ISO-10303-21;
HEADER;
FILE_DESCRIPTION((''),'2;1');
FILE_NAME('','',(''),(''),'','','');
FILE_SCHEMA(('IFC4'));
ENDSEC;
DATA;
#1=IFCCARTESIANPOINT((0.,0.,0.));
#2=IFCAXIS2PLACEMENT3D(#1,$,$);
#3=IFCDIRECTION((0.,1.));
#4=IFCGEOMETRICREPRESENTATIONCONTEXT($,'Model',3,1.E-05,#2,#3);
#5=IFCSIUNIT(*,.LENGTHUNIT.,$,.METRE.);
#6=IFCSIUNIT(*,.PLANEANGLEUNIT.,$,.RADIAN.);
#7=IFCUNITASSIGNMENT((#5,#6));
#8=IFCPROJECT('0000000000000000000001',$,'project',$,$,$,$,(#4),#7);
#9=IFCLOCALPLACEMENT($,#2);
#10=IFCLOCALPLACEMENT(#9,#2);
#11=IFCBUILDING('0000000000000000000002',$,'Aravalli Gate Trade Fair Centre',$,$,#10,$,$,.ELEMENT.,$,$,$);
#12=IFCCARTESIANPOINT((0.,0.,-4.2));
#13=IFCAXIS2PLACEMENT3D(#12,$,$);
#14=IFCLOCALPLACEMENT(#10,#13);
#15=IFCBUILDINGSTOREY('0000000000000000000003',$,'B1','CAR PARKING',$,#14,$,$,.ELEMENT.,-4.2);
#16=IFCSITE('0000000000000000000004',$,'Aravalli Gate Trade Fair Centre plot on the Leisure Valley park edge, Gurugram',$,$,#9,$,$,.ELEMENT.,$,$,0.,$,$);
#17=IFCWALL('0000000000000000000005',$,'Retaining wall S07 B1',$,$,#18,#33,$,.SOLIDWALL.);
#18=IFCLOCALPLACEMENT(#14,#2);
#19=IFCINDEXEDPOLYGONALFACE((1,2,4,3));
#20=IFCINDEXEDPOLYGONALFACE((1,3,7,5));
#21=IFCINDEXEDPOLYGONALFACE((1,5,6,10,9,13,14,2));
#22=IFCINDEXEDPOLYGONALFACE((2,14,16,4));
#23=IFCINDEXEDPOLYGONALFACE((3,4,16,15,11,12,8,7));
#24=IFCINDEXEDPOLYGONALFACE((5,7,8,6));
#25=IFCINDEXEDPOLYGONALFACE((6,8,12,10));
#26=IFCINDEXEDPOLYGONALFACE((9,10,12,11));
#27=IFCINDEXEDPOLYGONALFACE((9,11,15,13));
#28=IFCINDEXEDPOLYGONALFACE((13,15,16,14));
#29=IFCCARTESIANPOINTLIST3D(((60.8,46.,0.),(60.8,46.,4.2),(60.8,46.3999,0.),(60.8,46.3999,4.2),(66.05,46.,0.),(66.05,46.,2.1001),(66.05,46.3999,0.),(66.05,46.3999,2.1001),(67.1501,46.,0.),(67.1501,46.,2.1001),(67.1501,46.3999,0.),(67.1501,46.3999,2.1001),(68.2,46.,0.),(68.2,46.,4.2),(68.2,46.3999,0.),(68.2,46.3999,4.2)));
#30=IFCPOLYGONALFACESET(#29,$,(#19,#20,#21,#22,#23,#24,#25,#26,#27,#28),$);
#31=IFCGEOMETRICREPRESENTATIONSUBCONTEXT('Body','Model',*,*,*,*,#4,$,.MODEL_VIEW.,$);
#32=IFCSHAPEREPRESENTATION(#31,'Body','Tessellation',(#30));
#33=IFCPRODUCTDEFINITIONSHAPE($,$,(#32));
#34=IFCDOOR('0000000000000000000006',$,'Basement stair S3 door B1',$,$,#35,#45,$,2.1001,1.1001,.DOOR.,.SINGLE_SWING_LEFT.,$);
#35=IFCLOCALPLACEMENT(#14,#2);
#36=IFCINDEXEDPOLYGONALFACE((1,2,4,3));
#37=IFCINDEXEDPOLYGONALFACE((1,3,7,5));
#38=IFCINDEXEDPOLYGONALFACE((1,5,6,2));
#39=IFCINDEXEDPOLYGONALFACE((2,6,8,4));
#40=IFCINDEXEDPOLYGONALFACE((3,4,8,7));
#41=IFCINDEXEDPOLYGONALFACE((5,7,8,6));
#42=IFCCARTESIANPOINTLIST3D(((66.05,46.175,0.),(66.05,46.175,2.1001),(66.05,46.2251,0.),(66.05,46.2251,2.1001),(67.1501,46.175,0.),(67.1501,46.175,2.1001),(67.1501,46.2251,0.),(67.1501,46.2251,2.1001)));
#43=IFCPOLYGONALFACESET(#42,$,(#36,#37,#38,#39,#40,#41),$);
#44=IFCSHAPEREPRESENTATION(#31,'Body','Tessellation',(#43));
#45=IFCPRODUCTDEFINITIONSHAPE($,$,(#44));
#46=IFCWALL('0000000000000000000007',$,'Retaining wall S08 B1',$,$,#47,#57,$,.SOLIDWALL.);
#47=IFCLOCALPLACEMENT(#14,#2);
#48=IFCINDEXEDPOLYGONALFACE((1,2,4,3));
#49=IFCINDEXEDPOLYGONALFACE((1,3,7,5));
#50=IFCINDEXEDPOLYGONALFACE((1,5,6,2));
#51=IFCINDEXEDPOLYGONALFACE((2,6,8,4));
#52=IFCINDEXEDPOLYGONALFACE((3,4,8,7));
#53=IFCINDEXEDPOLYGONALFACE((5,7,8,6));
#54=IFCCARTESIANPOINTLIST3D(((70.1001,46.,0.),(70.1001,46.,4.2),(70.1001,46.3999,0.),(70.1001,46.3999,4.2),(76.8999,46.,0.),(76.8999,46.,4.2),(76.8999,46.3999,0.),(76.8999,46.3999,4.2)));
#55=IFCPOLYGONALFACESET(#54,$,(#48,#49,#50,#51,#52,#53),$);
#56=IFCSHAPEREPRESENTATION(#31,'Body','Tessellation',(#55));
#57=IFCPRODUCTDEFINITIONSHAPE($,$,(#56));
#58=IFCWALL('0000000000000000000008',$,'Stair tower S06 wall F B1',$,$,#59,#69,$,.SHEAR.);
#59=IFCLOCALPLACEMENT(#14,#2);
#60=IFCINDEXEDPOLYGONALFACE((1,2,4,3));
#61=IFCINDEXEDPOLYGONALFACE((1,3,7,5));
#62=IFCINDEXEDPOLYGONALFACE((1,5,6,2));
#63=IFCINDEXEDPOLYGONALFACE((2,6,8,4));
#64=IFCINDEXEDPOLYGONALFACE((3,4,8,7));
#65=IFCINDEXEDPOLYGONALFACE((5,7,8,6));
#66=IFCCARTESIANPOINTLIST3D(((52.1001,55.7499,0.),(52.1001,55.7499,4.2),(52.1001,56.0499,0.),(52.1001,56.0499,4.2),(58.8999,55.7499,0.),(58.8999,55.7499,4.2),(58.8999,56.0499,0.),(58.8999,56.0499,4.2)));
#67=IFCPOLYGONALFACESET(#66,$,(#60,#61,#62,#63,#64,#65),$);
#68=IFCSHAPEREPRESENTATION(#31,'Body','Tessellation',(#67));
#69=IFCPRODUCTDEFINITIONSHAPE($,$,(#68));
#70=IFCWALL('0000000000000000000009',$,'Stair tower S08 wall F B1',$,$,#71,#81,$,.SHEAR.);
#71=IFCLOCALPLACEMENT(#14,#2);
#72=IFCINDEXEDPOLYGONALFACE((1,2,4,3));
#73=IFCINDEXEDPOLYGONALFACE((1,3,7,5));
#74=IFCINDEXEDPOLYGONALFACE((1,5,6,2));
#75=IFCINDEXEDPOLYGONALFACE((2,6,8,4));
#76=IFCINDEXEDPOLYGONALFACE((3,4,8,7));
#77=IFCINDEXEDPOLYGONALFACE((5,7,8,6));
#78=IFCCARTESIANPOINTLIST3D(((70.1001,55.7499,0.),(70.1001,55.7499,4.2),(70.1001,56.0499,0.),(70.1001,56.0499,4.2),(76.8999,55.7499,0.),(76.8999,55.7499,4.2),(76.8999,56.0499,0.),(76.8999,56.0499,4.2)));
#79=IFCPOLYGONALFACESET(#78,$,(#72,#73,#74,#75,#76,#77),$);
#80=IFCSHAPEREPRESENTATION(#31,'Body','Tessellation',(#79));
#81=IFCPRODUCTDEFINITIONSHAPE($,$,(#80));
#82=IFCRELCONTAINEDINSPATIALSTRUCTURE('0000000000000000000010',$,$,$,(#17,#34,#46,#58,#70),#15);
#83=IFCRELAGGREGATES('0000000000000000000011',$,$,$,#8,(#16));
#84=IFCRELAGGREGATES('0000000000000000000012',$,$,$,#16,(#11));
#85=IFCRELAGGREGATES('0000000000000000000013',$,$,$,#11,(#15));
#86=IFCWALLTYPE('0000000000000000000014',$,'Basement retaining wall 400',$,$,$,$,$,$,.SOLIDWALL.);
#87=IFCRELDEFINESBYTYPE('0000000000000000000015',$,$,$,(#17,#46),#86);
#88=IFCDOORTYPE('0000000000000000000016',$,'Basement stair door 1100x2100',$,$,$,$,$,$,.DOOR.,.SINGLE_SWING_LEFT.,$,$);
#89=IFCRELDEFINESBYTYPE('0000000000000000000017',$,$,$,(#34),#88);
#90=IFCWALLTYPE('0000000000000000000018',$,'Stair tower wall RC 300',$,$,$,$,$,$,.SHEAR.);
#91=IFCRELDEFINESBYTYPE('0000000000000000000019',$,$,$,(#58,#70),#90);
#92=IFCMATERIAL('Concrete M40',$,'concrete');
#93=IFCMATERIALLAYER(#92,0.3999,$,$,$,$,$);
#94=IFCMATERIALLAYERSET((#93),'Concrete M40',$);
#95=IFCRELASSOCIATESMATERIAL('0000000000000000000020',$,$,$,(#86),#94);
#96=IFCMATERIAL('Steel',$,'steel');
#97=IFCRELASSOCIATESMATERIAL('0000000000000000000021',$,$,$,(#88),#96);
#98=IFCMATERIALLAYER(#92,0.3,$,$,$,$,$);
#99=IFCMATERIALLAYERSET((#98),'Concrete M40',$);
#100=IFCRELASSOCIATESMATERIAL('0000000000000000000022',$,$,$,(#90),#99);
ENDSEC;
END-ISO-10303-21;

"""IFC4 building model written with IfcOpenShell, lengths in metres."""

from ifc_helpers import new_model, si_unit, direction, frame, frame_2d, origin, place, context, subcontext, project, spatial, rectangle, extrude, material, layer, layer_set, type_object, element, fill, save


model = new_model("IFC4")

# Units and contexts
model_context = context("Model", 3, precision=1e-05, world=origin(), true_north=direction((0.0, 1.0)))
body_context = subcontext(model_context, "Body", "Model", "MODEL_VIEW")
ifc_project = project(units=[si_unit("LENGTHUNIT", "METRE"), si_unit("PLANEANGLEUNIT", "RADIAN")], contexts=[model_context])

# Site, building, storey
site_placement = place(None, origin())
site = spatial("IfcSite", under=ifc_project, at=site_placement, Name="Aravalli Gate Trade Fair Centre plot on the Leisure Valley park edge, Gurugram", CompositionType="ELEMENT", RefElevation=0.0)
building_placement = place(site_placement, origin())
building = spatial("IfcBuilding", under=site, at=building_placement, Name="Aravalli Gate Trade Fair Centre", CompositionType="ELEMENT")
storey_placement = place(building_placement, frame((0.0, 0.0, -4.2)))
storey = spatial("IfcBuildingStorey", under=building, at=storey_placement, Name="B1", Description="CAR PARKING", CompositionType="ELEMENT", Elevation=-4.2)

# Shared definitions
ifc_material_1 = material(Name="Concrete M40", Category="concrete")
ifc_layer_1 = layer(ifc_material_1, 0.3999)
ifc_layer_set_1 = layer_set([ifc_layer_1], Name="Concrete M40")
wall_type_1 = type_object("IfcWallType", Name="Basement retaining wall 400", PredefinedType="SOLIDWALL", material=ifc_layer_set_1)
ifc_material_2 = material(Name="Steel", Category="steel")
door_type = type_object("IfcDoorType", Name="Basement stair door 1100x2100", OperationType="SINGLE_SWING_LEFT", PredefinedType="DOOR", material=ifc_material_2)

# Wall, opening, door
wall_1_placement = place(storey_placement, frame((60.8, 46.2, 0.0), z_axis=(0.0, 0.0, 1.0), x_axis=(1.0, 0.0, 0.0)))
wall_1 = element("IfcWall", 1, at=wall_1_placement, inside=storey, type_object=wall_type_1, Name="Retaining wall S07 B1", PredefinedType="SOLIDWALL", context=body_context, shape_type="SweptSolid", body=[
    extrude(rectangle(XDim=7.3999, YDim=0.3999, at=frame_2d((3.7, 0.0))), origin(), (0.0, 0.0, 1.0), 4.2),
])
opening_1_placement = place(wall_1_placement, frame((5.25, 0.0, 0.0)))
opening_1 = element("IfcOpeningElement", 2, at=opening_1_placement, cuts=wall_1, PredefinedType="OPENING", context=body_context, shape_type="SweptSolid", body=[
    extrude(rectangle(XDim=1.1001, YDim=2.1001, at=frame_2d((0.55, 1.05))), frame((0.0, 0.21, 0.0), z_axis=(0.0, -1.0, 0.0), x_axis=(1.0, 0.0, 0.0)), (0.0, 0.0, 1.0), 0.4199),
])
door_1_placement = place(opening_1_placement, frame((1.1001, 0.0, 0.0), z_axis=(0.0, 0.0, 1.0), x_axis=(-1.0, 0.0, 0.0)))
door_1 = element("IfcDoor", 3, at=door_1_placement, inside=storey, type_object=door_type, Name="Basement stair S3 door B1", OperationType="SINGLE_SWING_LEFT", OverallHeight=2.1001, OverallWidth=1.1001, PredefinedType="DOOR", context=body_context, shape_type="SweptSolid", body=[
    extrude(rectangle(XDim=1.1001, YDim=2.1001, at=frame_2d((0.55, 1.05))), frame((0.0, 0.0249, 0.0), z_axis=(0.0, -1.0, 0.0), x_axis=(1.0, 0.0, 0.0)), (0.0, 0.0, 1.0), 0.05),
])
fill(opening_1, door_1)

# Walls
wall_2_placement = place(storey_placement, frame((70.1001, 46.2, 0.0), z_axis=(0.0, 0.0, 1.0), x_axis=(1.0, 0.0, 0.0)))
element("IfcWall", 4, at=wall_2_placement, inside=storey, type_object=wall_type_1, Name="Retaining wall S08 B1", PredefinedType="SOLIDWALL", context=body_context, shape_type="SweptSolid", body=[
    extrude(rectangle(XDim=6.7998, YDim=0.3999, at=frame_2d((3.3999, 0.0))), origin(), (0.0, 0.0, 1.0), 4.2),
])
ifc_layer_2 = layer(ifc_material_1, 0.3)
ifc_layer_set_2 = layer_set([ifc_layer_2], Name="Concrete M40")
wall_type_2 = type_object("IfcWallType", Name="Stair tower wall RC 300", PredefinedType="SHEAR", material=ifc_layer_set_2)
for number, where, z_axis, x_axis, name in (
    (5, (52.1001, 55.8999, 0.0), (0.0, 0.0, 1.0), (1.0, 0.0, 0.0), "Stair tower S06 wall F B1"),
    (6, (70.1001, 55.8999, 0.0), (0.0, 0.0, 1.0), (1.0, 0.0, 0.0), "Stair tower S08 wall F B1"),
):
    element("IfcWall", number, at=place(storey_placement, frame(where, z_axis=z_axis, x_axis=x_axis)), inside=storey, type_object=wall_type_2, Name=name, PredefinedType="SHEAR", context=body_context, shape_type="SweptSolid", body=[
        extrude(rectangle(XDim=6.7998, YDim=0.3, at=frame_2d((3.3999, 0.0))), origin(), (0.0, 0.0, 1.0), 4.2),
    ])

save(model, "model.ifc")
